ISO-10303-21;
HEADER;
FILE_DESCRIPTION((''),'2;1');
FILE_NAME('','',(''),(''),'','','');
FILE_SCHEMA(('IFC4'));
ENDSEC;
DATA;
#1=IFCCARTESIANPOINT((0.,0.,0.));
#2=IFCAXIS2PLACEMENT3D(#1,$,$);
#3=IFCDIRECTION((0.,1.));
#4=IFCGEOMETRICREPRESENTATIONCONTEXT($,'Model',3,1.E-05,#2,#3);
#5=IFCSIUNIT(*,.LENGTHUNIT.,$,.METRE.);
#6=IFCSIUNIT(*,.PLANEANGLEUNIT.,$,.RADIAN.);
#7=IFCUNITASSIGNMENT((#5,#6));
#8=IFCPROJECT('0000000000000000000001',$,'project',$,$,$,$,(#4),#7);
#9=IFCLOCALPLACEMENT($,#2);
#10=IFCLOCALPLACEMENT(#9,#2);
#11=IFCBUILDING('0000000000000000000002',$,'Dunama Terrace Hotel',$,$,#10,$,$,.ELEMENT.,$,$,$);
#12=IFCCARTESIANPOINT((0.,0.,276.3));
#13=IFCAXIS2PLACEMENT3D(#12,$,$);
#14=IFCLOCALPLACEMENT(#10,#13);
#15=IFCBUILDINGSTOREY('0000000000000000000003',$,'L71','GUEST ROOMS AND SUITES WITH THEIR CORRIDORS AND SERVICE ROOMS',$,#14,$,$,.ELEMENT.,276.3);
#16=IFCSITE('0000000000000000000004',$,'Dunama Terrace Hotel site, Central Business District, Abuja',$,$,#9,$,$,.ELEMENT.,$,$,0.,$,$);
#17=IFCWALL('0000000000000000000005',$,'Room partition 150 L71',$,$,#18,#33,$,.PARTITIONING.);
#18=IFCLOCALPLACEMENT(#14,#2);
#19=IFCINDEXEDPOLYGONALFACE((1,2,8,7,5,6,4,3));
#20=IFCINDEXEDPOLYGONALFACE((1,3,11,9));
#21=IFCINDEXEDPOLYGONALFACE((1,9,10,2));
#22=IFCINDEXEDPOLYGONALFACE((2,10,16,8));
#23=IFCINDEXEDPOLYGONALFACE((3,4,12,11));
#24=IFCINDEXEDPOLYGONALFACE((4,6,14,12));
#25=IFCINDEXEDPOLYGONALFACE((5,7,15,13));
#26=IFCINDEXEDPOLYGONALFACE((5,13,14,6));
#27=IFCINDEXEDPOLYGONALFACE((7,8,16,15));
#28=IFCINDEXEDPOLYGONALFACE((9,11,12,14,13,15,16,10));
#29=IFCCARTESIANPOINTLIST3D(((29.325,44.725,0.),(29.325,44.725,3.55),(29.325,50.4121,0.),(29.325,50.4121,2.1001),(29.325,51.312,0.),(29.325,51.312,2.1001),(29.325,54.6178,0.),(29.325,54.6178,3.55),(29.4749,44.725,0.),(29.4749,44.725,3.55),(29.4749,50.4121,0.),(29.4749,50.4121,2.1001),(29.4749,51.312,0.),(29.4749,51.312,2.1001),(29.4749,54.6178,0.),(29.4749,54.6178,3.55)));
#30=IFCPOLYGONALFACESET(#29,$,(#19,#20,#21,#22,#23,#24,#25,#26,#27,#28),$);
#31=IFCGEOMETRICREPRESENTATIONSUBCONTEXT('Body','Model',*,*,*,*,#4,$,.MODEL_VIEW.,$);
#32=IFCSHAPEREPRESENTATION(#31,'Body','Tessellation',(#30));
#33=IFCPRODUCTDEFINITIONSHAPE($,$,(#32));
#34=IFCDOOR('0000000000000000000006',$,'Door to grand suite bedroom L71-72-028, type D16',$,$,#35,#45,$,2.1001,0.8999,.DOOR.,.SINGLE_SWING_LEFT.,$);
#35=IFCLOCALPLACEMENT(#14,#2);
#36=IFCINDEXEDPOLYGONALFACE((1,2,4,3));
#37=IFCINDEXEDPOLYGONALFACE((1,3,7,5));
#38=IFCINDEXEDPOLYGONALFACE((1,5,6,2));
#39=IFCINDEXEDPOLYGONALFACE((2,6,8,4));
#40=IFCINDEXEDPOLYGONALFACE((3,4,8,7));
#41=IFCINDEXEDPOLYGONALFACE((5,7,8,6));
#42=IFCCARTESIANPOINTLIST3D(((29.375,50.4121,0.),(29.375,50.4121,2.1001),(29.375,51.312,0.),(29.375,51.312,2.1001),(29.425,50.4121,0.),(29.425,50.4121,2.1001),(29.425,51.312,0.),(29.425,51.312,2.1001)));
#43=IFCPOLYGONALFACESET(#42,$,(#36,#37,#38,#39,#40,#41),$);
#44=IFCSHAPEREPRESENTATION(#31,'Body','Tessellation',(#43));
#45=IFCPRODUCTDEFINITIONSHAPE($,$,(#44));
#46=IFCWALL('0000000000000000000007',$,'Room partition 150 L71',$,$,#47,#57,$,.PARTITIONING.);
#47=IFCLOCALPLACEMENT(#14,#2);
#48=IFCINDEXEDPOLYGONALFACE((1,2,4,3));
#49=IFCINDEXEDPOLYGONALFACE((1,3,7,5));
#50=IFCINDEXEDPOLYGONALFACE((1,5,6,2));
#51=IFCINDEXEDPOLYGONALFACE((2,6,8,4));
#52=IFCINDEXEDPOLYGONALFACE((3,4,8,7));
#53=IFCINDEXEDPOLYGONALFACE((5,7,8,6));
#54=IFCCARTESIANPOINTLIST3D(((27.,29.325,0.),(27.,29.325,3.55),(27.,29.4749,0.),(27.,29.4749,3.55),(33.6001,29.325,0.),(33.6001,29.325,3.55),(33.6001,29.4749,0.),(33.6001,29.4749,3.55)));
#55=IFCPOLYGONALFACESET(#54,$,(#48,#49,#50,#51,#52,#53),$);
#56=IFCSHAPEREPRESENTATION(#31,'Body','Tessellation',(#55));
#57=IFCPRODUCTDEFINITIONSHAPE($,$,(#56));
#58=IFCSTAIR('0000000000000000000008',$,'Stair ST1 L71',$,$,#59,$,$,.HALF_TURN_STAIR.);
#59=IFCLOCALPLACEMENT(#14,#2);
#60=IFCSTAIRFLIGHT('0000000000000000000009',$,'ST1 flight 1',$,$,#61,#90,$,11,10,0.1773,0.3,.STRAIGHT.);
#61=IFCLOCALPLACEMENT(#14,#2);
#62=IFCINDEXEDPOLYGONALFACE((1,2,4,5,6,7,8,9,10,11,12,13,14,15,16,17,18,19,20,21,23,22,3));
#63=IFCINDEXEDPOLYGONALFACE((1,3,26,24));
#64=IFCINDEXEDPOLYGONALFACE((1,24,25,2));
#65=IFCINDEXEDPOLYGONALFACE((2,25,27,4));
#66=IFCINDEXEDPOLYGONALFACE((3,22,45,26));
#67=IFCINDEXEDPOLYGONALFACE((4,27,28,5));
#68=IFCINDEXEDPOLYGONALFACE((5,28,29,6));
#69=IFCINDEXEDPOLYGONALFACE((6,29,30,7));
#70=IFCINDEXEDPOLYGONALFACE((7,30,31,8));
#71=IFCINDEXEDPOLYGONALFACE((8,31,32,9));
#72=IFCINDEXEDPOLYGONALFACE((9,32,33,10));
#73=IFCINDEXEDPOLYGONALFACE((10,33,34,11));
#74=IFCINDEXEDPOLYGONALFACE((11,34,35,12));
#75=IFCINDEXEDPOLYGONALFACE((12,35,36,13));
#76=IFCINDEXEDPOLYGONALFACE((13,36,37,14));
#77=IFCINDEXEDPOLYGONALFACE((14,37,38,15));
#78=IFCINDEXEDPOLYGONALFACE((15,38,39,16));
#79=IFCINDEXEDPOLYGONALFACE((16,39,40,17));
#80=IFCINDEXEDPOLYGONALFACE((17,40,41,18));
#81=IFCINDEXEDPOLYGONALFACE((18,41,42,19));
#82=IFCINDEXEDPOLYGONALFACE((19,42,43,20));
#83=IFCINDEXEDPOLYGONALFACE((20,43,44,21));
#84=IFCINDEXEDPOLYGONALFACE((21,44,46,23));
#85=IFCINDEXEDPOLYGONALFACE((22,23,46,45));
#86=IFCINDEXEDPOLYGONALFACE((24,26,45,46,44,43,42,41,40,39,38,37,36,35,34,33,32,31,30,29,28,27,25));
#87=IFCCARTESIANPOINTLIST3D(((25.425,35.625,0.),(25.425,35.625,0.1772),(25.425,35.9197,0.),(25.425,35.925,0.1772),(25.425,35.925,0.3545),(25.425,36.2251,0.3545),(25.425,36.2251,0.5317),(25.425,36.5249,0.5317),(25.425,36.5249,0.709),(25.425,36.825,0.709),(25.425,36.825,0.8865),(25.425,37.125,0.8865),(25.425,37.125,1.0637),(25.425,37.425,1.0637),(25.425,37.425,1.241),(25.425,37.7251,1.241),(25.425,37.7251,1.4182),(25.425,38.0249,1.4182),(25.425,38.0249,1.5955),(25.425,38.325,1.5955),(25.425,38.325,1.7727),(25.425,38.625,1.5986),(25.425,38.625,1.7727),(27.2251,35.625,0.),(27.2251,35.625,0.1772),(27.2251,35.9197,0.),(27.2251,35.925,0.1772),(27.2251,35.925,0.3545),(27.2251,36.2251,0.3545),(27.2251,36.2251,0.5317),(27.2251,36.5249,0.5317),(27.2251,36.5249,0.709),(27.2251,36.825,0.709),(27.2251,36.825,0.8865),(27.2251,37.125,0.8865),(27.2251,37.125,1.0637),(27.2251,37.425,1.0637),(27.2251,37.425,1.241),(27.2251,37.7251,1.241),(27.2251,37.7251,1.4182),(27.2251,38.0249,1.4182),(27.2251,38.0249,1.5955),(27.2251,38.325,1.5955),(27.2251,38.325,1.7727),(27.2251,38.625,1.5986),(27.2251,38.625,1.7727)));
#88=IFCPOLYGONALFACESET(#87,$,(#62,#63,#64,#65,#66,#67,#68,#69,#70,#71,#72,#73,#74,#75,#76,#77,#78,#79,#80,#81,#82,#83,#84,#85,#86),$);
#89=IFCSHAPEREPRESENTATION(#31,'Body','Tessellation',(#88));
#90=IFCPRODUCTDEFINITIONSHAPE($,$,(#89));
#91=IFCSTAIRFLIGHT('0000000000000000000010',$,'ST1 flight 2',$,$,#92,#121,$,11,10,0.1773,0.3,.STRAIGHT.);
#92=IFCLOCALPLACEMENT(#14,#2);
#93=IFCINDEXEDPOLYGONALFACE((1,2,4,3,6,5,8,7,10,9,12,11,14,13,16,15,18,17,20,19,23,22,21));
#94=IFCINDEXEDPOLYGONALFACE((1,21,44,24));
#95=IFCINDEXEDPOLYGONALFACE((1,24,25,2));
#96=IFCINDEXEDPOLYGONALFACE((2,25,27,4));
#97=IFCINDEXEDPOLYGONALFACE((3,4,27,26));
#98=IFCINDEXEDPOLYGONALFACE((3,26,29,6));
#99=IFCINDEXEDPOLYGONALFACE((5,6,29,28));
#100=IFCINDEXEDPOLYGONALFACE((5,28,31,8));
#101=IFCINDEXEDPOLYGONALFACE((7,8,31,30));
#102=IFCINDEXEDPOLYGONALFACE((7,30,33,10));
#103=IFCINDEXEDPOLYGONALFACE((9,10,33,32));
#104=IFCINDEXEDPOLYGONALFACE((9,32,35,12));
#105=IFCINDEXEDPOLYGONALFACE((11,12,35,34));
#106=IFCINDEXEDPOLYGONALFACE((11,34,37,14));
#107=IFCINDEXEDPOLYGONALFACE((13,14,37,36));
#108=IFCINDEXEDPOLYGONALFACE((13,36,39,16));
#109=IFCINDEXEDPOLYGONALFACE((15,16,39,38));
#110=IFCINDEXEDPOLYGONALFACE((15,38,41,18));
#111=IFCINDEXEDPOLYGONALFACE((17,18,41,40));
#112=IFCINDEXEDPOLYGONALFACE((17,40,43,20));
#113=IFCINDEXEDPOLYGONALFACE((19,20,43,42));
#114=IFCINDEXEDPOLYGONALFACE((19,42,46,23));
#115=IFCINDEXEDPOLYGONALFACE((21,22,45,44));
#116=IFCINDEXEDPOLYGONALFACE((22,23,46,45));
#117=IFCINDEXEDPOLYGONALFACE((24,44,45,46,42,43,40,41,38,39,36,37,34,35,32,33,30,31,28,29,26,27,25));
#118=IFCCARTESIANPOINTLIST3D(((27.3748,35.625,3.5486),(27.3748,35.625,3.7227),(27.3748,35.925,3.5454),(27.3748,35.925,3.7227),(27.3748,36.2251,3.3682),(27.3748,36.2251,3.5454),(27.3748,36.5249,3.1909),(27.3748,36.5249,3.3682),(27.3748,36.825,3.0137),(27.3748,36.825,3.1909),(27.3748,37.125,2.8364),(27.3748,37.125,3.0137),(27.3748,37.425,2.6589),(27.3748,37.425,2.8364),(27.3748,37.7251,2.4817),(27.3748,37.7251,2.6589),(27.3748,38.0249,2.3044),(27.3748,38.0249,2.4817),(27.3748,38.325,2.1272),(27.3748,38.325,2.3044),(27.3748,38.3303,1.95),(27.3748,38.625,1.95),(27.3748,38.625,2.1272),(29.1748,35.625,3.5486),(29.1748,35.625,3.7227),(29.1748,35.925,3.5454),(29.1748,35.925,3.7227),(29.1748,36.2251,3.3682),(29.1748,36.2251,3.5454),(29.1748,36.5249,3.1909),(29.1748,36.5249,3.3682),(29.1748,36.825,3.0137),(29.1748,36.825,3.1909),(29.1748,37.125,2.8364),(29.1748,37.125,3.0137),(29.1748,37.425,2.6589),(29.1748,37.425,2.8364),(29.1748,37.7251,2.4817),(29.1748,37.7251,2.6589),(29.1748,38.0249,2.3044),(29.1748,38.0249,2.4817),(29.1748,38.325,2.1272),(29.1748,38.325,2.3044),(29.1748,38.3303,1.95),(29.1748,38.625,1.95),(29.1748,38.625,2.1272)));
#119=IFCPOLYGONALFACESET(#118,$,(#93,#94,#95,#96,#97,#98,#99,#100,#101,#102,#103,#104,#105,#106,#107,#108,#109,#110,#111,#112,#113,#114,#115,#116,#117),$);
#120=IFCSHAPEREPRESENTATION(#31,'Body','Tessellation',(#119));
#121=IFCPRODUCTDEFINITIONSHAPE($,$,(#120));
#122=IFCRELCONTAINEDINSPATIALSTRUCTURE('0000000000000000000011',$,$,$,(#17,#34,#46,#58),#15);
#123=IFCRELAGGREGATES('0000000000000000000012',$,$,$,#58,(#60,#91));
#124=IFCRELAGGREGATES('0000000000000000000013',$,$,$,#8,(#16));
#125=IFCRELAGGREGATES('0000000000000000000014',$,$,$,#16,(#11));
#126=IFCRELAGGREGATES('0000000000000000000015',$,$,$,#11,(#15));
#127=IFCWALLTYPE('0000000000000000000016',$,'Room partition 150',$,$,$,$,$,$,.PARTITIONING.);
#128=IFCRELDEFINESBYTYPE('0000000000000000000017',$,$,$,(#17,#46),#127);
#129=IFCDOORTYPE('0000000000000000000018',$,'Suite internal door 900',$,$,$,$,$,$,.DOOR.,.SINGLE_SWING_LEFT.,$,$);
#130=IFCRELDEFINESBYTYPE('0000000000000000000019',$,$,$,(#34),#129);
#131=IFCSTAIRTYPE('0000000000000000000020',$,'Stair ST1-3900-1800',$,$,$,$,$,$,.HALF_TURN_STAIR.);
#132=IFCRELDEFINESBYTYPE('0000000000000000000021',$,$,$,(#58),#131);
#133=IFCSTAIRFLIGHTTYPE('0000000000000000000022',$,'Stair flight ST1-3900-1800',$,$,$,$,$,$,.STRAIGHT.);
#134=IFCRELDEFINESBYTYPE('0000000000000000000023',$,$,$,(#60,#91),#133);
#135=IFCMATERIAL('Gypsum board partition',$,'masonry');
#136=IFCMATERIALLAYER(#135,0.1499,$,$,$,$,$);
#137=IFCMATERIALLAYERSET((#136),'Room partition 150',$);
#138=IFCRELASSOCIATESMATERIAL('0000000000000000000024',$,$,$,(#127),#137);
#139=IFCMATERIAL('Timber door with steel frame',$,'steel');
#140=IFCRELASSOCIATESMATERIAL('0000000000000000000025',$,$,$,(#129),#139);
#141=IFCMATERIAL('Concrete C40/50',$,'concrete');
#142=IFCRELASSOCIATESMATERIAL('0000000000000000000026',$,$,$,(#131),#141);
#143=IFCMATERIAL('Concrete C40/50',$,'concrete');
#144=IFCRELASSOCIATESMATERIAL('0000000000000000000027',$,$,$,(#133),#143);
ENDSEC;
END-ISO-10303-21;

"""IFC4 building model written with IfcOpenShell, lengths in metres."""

from ifc_helpers import new_model, si_unit, direction, frame, frame_2d, origin, place, context, subcontext, project, spatial, polyline, rectangle, outline, extrude, material, layer, layer_set, type_object, element, fill, aggregate, save


model = new_model("IFC4")

# Units and contexts
model_context = context("Model", 3, precision=1e-05, world=origin(), true_north=direction((0.0, 1.0)))
body_context = subcontext(model_context, "Body", "Model", "MODEL_VIEW")
ifc_project = project(units=[si_unit("LENGTHUNIT", "METRE"), si_unit("PLANEANGLEUNIT", "RADIAN")], contexts=[model_context])

# Site, building, storey
site_placement = place(None, origin())
site = spatial("IfcSite", under=ifc_project, at=site_placement, Name="Dunama Terrace Hotel site, Central Business District, Abuja", CompositionType="ELEMENT", RefElevation=0.0)
building_placement = place(site_placement, origin())
building = spatial("IfcBuilding", under=site, at=building_placement, Name="Dunama Terrace Hotel", CompositionType="ELEMENT")
storey_placement = place(building_placement, frame((0.0, 0.0, 276.3)))
storey = spatial("IfcBuildingStorey", under=building, at=storey_placement, Name="L71", Description="GUEST ROOMS AND SUITES WITH THEIR CORRIDORS AND SERVICE ROOMS", CompositionType="ELEMENT", Elevation=276.3)

# Wall, opening, door
ifc_material_1 = material(Name="Gypsum board partition", Category="masonry")
ifc_layer_1 = layer(ifc_material_1, 0.1499)
ifc_layer_set_1 = layer_set([ifc_layer_1], Name="Room partition 150")
wall_type_1 = type_object("IfcWallType", Name="Room partition 150", PredefinedType="PARTITIONING", material=ifc_layer_set_1)
wall_1_placement = place(storey_placement, frame((29.3999, 44.7251, 0.0), z_axis=(0.0, 0.0, 1.0), x_axis=(0.0, 1.0, 0.0)))
wall_1 = element("IfcWall", 1, at=wall_1_placement, inside=storey, type_object=wall_type_1, Name="Room partition 150 L71", PredefinedType="PARTITIONING", context=body_context, shape_type="SweptSolid", body=[
    extrude(rectangle(XDim=9.8928, YDim=0.1499, at=frame_2d((4.9463, 0.0))), origin(), (0.0, 0.0, 1.0), 3.55),
])
opening_1_placement = place(wall_1_placement, frame((5.687, 0.0, 0.0)))
opening_1 = element("IfcOpeningElement", 2, at=opening_1_placement, cuts=wall_1, PredefinedType="OPENING", context=body_context, shape_type="SweptSolid", body=[
    extrude(rectangle(XDim=0.8999, YDim=2.1001, at=frame_2d((0.45, 1.05))), frame((0.0, 0.085, 0.0), z_axis=(0.0, -1.0, 0.0), x_axis=(1.0, 0.0, 0.0)), (0.0, 0.0, 1.0), 0.1699),
])
ifc_material_2 = material(Name="Timber door with steel frame", Category="steel")
door_type_1 = type_object("IfcDoorType", Name="Suite internal door 900", OperationType="SINGLE_SWING_LEFT", PredefinedType="DOOR", material=ifc_material_2)
door_1_placement = place(opening_1_placement, origin())
door_1 = element("IfcDoor", 3, at=door_1_placement, inside=storey, type_object=door_type_1, Name="Door to grand suite bedroom L71-72-028, type D16", OperationType="SINGLE_SWING_LEFT", OverallHeight=2.1001, OverallWidth=0.8999, PredefinedType="DOOR", context=body_context, shape_type="SweptSolid", body=[
    extrude(rectangle(XDim=0.8999, YDim=2.1001, at=frame_2d((0.45, 1.05))), frame((0.0, 0.0249, 0.0), z_axis=(0.0, -1.0, 0.0), x_axis=(1.0, 0.0, 0.0)), (0.0, 0.0, 1.0), 0.05),
])
fill(opening_1, door_1)

# Wall
wall_2_placement = place(storey_placement, frame((27.0, 29.3999, 0.0), z_axis=(0.0, 0.0, 1.0), x_axis=(1.0, 0.0, 0.0)))
element("IfcWall", 4, at=wall_2_placement, inside=storey, type_object=wall_type_1, Name="Room partition 150 L71", PredefinedType="PARTITIONING", context=body_context, shape_type="SweptSolid", body=[
    extrude(rectangle(XDim=6.6001, YDim=0.1499, at=frame_2d((3.3, 0.0))), origin(), (0.0, 0.0, 1.0), 3.55),
])

# Stair, stair flights
ifc_material_3 = material(Name="Concrete C40/50", Category="concrete")
stair_type = type_object("IfcStairType", Name="Stair ST1-3900-1800", PredefinedType="HALF_TURN_STAIR", material=ifc_material_3)
stair_placement = place(storey_placement, origin())
stair = element("IfcStair", 5, at=stair_placement, inside=storey, type_object=stair_type, Name="Stair ST1 L71", PredefinedType="HALF_TURN_STAIR")
ifc_material_4 = material(Name="Concrete C40/50", Category="concrete")
stair_flight_type = type_object("IfcStairFlightType", Name="Stair flight ST1-3900-1800", PredefinedType="STRAIGHT", material=ifc_material_4)
stair_flight_1_placement = place(storey_placement, frame((26.325, 35.625, 0.0), z_axis=(0.0, 0.0, 1.0), x_axis=(0.0, 1.0, 0.0)))
stair_flight_1 = element("IfcStairFlight", 6, at=stair_flight_1_placement, type_object=stair_flight_type, Name="ST1 flight 1", NumberOfRisers=11, NumberOfTreads=10, PredefinedType="STRAIGHT", RiserHeight=0.1773, TreadLength=0.3, context=body_context, shape_type="SweptSolid", body=[
    extrude(outline(polyline([(0.0, 0.0), (0.0, 0.1772), (0.3, 0.1772), (0.3, 0.3545), (0.6001, 0.3545), (0.6001, 0.5317), (0.8999, 0.5317), (0.8999, 0.709), (1.2, 0.709), (1.2, 0.8865), (1.5, 0.8865), (1.5, 1.0637), (1.8, 1.0637), (1.8, 1.241), (2.1001, 1.241), (2.1001, 1.4182), (2.3999, 1.4182), (2.3999, 1.5955), (2.7, 1.5955), (2.7, 1.7727), (3.0, 1.7727), (3.0, 1.95), (3.0, 1.5986), (0.2947, 0.0), (0.0, 0.0)])), frame((0.0, 0.8999, 0.0), z_axis=(0.0, -1.0, 0.0), x_axis=(1.0, 0.0, 0.0)), (0.0, 0.0, 1.0), 1.8),
])
stair_flight_2_placement = place(storey_placement, frame((28.2749, 38.625, 1.95), z_axis=(0.0, 0.0, 1.0), x_axis=(0.0, -1.0, 0.0)))
stair_flight_2 = element("IfcStairFlight", 7, at=stair_flight_2_placement, type_object=stair_flight_type, Name="ST1 flight 2", NumberOfRisers=11, NumberOfTreads=10, PredefinedType="STRAIGHT", RiserHeight=0.1773, TreadLength=0.3, context=body_context, shape_type="SweptSolid", body=[
    extrude(outline(polyline([(0.0, 0.0), (0.0, 0.1772), (0.3, 0.1772), (0.3, 0.3545), (0.6001, 0.3545), (0.6001, 0.5317), (0.8999, 0.5317), (0.8999, 0.709), (1.2, 0.709), (1.2, 0.8865), (1.5, 0.8865), (1.5, 1.0637), (1.8, 1.0637), (1.8, 1.241), (2.1001, 1.241), (2.1001, 1.4182), (2.3999, 1.4182), (2.3999, 1.5955), (2.7, 1.5955), (2.7, 1.7727), (3.0, 1.7727), (3.0, 1.95), (3.0, 1.5986), (0.2947, 0.0), (0.0, 0.0)])), frame((0.0, 0.8999, 0.0), z_axis=(0.0, -1.0, 0.0), x_axis=(1.0, 0.0, 0.0)), (0.0, 0.0, 1.0), 1.8),
])
aggregate(stair, [stair_flight_1, stair_flight_2])

save(model, "model.ifc")
